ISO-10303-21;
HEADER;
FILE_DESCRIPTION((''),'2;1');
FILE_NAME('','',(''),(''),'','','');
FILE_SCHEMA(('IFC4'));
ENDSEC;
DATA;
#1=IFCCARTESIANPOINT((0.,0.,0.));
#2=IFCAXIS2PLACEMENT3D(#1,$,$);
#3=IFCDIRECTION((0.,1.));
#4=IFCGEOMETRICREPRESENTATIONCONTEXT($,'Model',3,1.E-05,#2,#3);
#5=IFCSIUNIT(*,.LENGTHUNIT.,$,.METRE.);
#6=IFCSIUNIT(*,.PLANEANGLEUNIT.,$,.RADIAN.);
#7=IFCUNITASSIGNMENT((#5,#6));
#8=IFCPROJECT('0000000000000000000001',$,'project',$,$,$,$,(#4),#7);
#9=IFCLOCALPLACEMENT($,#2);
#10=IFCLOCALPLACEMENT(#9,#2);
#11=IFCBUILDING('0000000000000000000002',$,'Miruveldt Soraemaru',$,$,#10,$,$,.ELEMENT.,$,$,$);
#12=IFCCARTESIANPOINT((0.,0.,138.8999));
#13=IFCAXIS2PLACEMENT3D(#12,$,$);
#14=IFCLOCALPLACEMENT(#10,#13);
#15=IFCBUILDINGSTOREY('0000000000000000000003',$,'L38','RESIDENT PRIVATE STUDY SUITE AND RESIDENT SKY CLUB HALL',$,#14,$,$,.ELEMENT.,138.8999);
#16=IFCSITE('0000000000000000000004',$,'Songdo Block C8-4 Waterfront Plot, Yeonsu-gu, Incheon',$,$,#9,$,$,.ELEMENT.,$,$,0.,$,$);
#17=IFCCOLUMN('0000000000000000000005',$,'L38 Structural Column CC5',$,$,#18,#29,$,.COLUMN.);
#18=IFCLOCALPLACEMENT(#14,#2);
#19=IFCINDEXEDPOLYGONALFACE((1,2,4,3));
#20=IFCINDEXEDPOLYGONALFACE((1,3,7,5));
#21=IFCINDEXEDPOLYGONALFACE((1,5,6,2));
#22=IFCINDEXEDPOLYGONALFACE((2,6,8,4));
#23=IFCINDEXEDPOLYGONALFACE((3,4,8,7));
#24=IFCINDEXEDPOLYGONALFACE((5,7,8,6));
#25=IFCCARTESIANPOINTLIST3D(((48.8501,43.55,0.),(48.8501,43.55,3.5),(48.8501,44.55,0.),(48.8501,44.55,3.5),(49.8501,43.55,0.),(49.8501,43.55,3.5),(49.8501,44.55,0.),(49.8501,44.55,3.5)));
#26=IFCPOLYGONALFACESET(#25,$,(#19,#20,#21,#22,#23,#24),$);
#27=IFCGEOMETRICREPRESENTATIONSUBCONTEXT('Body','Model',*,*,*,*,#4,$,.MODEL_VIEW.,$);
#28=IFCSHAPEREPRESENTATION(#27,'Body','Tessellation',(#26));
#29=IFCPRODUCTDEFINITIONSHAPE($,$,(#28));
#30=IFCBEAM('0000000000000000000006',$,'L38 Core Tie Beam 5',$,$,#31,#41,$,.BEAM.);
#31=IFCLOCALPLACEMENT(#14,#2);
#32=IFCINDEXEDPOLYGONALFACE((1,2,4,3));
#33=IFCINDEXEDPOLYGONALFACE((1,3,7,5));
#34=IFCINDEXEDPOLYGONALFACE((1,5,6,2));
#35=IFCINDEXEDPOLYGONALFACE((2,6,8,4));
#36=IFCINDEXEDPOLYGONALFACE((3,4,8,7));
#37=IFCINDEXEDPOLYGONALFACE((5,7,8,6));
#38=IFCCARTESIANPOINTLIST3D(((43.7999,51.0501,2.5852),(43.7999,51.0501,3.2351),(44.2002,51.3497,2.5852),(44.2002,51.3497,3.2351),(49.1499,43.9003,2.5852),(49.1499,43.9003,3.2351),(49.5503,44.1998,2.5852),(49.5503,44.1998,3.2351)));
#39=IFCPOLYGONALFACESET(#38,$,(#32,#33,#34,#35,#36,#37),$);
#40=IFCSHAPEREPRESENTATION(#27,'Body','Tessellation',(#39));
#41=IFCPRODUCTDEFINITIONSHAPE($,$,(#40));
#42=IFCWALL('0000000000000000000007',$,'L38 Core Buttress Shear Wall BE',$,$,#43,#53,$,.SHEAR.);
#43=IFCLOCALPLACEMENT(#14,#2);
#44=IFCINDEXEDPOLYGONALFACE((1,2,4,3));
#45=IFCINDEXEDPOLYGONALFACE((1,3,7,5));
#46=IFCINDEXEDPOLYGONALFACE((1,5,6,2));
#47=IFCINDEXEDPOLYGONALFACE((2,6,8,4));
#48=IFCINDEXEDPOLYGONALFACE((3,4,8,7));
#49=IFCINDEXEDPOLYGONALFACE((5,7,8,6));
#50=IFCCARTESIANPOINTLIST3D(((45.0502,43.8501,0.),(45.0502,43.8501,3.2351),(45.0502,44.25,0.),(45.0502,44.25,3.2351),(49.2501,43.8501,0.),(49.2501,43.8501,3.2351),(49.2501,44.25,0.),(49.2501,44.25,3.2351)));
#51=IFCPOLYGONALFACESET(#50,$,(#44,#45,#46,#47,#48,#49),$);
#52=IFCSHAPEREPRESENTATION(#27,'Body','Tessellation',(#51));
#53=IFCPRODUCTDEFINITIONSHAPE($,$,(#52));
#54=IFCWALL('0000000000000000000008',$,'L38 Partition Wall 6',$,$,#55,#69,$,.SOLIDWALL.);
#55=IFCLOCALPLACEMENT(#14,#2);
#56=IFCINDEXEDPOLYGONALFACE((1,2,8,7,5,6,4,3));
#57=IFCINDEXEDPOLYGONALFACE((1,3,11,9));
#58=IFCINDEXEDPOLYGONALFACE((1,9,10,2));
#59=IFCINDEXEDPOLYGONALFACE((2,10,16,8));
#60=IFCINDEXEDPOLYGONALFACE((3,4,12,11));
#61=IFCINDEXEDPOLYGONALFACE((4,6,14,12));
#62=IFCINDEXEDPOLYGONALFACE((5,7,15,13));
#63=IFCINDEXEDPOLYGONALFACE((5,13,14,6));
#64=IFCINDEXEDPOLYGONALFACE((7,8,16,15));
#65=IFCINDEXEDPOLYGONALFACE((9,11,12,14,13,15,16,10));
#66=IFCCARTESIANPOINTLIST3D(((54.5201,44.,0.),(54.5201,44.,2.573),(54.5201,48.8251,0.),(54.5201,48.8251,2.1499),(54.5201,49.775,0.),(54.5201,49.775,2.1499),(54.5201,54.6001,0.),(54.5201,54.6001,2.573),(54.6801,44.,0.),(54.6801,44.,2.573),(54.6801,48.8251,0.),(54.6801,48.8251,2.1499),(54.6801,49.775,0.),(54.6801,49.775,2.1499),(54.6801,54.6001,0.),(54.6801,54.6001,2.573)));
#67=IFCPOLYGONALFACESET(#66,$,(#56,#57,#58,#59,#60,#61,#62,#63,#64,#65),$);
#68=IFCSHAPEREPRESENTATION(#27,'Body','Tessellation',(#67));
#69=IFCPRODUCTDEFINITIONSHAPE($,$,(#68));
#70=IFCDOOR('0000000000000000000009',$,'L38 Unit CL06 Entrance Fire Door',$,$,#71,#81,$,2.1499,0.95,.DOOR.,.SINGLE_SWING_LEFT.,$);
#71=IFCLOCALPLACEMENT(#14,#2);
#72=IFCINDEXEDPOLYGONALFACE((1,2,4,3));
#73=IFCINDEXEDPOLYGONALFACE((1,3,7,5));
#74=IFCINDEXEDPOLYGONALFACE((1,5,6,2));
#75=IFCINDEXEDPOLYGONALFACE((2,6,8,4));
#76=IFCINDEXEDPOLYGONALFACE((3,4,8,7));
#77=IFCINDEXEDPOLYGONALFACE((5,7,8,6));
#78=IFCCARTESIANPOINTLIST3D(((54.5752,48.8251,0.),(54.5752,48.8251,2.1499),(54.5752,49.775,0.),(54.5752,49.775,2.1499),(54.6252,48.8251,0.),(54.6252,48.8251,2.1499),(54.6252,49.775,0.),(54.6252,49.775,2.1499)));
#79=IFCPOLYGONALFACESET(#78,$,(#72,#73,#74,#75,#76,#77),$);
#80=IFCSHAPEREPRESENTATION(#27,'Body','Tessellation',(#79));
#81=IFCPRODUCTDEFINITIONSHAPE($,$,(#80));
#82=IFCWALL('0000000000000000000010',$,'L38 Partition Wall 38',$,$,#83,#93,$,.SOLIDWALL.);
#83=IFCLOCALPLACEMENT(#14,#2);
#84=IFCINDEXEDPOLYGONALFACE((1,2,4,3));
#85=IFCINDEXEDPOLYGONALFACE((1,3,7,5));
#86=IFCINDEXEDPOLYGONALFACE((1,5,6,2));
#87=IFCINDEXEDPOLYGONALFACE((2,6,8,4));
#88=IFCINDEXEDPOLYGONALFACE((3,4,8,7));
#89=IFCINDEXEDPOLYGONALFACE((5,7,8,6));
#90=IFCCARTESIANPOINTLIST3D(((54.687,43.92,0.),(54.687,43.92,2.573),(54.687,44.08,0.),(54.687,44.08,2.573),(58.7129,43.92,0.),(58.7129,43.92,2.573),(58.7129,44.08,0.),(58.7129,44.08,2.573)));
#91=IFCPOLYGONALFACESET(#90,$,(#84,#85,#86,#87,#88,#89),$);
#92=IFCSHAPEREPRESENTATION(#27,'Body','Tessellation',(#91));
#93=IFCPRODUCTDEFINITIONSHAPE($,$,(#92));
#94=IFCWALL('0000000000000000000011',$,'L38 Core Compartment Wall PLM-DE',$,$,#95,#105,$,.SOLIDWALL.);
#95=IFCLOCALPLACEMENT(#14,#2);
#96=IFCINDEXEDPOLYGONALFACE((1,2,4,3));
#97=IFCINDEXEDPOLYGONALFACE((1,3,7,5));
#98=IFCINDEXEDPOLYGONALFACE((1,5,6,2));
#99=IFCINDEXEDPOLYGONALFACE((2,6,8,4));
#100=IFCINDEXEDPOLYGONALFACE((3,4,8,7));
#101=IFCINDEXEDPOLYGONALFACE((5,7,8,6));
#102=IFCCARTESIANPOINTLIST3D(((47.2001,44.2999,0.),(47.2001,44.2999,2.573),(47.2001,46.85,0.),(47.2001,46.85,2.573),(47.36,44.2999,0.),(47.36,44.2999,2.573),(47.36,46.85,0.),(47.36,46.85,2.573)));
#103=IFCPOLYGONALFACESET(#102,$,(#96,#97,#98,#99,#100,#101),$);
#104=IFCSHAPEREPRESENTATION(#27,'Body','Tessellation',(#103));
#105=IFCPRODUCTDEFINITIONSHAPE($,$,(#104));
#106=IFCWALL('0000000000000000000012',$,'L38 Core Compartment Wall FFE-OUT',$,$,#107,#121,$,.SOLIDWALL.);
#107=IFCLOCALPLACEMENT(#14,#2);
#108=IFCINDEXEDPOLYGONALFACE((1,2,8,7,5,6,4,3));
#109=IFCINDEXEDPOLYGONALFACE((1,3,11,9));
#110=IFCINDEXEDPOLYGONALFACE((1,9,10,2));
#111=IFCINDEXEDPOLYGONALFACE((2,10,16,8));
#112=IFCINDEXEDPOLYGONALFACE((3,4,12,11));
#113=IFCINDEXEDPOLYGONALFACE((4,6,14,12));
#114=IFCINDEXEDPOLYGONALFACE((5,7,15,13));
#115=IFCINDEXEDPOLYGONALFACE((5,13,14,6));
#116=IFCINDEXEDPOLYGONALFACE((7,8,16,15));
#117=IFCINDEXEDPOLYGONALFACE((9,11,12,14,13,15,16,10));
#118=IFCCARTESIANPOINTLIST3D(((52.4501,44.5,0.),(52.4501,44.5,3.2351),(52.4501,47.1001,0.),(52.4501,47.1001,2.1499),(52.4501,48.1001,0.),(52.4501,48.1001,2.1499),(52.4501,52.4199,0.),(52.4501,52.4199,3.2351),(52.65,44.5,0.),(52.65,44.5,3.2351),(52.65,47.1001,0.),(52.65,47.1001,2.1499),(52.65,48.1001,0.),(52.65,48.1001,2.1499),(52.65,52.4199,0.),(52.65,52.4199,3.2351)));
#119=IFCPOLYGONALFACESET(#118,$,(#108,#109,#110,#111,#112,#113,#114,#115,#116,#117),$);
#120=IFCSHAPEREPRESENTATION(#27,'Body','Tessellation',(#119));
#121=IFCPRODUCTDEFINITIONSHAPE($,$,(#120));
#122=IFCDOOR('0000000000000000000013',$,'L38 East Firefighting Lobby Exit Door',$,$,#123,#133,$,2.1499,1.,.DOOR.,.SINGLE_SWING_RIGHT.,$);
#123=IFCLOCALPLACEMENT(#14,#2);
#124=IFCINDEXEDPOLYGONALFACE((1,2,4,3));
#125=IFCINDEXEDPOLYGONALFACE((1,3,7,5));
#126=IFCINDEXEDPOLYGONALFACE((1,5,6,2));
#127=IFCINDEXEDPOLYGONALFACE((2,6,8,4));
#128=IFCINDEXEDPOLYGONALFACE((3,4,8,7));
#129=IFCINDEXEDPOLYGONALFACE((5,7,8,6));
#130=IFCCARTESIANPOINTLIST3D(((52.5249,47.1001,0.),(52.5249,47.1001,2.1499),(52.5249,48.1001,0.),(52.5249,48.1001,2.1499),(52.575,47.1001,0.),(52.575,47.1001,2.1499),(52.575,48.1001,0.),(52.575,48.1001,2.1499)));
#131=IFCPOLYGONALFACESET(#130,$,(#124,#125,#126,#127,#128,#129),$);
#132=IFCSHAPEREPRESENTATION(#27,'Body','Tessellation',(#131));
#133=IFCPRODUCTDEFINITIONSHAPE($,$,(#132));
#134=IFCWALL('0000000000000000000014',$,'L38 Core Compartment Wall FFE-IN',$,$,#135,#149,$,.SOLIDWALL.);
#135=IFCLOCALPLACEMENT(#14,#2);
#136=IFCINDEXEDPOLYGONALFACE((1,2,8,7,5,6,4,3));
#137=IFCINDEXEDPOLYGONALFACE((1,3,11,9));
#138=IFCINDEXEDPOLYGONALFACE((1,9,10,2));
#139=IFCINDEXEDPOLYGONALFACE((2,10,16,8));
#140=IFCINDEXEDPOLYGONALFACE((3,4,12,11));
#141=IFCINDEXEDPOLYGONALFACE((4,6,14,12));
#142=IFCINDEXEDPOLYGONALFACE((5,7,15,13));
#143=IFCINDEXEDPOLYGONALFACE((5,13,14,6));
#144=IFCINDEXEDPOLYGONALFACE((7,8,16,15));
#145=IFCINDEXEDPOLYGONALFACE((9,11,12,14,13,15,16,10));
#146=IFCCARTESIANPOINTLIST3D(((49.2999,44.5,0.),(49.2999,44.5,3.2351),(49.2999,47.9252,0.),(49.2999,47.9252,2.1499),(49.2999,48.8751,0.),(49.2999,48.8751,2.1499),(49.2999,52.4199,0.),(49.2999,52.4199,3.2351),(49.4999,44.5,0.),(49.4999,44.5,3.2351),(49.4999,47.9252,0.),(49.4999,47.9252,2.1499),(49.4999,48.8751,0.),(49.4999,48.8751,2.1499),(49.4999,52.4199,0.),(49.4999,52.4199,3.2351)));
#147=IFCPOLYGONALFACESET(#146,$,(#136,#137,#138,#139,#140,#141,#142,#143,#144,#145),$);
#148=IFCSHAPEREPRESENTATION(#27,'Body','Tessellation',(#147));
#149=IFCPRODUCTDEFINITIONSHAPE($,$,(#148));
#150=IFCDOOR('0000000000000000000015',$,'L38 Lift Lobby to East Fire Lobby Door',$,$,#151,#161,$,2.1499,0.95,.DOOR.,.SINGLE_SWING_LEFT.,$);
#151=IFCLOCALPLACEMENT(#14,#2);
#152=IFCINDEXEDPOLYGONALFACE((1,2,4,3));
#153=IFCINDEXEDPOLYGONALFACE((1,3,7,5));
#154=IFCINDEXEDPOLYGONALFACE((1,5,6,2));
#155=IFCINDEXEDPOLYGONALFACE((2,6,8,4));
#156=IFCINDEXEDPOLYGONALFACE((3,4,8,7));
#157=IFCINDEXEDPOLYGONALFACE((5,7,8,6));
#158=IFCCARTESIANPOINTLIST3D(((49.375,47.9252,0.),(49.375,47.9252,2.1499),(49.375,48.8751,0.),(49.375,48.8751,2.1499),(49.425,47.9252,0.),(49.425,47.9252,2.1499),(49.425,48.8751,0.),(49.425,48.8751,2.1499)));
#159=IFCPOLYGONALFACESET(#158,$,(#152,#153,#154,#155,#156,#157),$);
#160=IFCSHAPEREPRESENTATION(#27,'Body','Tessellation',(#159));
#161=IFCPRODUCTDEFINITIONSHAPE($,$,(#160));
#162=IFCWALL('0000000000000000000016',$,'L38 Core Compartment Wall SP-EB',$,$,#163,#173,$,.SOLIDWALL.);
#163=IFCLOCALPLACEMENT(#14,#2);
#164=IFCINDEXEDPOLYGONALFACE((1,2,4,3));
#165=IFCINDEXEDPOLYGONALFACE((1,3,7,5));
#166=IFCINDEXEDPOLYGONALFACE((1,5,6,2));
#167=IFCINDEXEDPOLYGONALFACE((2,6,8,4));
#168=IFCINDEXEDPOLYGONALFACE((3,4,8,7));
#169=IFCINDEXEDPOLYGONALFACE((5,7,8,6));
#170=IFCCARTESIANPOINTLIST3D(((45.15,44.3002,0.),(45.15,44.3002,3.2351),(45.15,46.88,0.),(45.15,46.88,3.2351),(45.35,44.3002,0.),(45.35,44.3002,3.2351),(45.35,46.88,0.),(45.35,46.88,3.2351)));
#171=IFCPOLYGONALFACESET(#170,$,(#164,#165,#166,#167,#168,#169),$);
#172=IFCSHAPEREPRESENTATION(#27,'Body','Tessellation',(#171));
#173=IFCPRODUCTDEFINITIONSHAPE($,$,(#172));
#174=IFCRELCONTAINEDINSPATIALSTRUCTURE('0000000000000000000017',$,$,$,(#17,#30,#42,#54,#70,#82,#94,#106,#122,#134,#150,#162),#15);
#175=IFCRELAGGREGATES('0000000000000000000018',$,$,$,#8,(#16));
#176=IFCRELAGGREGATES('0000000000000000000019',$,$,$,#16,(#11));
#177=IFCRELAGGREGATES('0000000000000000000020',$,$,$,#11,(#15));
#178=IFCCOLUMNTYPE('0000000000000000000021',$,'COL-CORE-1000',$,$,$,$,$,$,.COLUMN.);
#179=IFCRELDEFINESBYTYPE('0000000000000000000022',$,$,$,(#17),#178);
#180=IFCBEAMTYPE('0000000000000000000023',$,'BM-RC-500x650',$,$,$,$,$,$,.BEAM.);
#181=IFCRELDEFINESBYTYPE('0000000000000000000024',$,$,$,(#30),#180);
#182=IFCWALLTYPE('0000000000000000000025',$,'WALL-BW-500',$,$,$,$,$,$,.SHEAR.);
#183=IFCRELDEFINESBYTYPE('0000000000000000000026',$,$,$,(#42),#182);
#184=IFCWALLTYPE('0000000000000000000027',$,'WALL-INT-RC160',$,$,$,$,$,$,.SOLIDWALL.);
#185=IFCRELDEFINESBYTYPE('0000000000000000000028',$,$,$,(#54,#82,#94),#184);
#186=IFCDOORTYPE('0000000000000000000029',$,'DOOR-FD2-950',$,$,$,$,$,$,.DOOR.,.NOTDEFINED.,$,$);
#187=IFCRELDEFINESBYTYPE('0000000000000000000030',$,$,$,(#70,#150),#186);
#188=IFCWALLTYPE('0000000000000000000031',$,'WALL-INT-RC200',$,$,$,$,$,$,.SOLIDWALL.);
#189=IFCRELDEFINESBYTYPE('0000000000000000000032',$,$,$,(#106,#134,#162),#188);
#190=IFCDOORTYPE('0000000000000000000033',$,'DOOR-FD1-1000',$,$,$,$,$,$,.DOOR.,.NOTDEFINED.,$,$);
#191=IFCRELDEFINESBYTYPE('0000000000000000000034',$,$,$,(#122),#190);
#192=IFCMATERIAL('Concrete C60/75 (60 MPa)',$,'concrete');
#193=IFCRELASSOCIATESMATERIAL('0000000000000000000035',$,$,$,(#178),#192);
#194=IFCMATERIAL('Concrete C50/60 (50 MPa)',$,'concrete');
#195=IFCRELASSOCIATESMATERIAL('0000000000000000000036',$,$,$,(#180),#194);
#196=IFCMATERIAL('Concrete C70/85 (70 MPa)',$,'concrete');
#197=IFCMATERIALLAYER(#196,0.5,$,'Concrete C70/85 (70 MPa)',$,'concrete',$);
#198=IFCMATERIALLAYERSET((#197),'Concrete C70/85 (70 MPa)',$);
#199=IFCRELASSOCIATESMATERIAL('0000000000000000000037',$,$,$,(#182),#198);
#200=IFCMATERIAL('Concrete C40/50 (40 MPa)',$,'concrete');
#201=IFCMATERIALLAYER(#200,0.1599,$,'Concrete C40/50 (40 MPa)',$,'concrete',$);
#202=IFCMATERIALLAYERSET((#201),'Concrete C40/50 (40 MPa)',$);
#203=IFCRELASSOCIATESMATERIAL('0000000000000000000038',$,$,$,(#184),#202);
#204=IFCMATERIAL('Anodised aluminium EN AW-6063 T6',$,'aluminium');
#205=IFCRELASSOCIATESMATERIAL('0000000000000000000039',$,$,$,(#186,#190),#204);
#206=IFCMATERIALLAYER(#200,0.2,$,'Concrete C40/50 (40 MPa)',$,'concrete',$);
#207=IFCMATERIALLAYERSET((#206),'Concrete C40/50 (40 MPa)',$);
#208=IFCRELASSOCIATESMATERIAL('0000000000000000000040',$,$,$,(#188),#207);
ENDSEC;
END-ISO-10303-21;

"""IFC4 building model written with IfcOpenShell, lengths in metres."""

from ifc_helpers import new_model, si_unit, direction, frame, frame_2d, origin, origin_2d, place, context, subcontext, project, spatial, rectangle, extrude, material, layer, layer_set, material_profile, profile_set, type_object, element, fill, save


model = new_model("IFC4")

# Units and contexts
model_context = context("Model", 3, precision=1e-05, world=origin(), true_north=direction((0.0, 1.0)))
body_context = subcontext(model_context, "Body", "Model", "MODEL_VIEW")
ifc_project = project(units=[si_unit("LENGTHUNIT", "METRE"), si_unit("PLANEANGLEUNIT", "RADIAN")], contexts=[model_context])

# Site, building, storey
site_placement = place(None, origin())
site = spatial("IfcSite", under=ifc_project, at=site_placement, Name="Songdo Block C8-4 Waterfront Plot, Yeonsu-gu, Incheon", CompositionType="ELEMENT", RefElevation=0.0)
building_placement = place(site_placement, origin())
building = spatial("IfcBuilding", under=site, at=building_placement, Name="Miruveldt Soraemaru", CompositionType="ELEMENT")
storey_placement = place(building_placement, frame((0.0, 0.0, 138.8999)))
storey = spatial("IfcBuildingStorey", under=building, at=storey_placement, Name="L38", Description="RESIDENT PRIVATE STUDY SUITE AND RESIDENT SKY CLUB HALL", CompositionType="ELEMENT", Elevation=138.8999)

# Column
ifc_material_1 = material(Name="Concrete C60/75 (60 MPa)", Category="concrete")
ifc_material_profile_1 = material_profile(ifc_material_1, rectangle(XDim=1.0, YDim=1.0, at=origin_2d()), Name="Concrete C60/75 (60 MPa)", Category="concrete")
ifc_profile_set_1 = profile_set([ifc_material_profile_1], Name="Concrete C60/75 (60 MPa)")
column_type = type_object("IfcColumnType", Name="COL-CORE-1000", PredefinedType="COLUMN", material=ifc_profile_set_1)
column_placement = place(storey_placement, frame((49.3501, 44.05, 0.0), z_axis=(0.0, 0.0, 1.0), x_axis=(1.0, 0.0, 0.0)))
element("IfcColumn", 1, at=column_placement, inside=storey, type_object=column_type, Name="L38 Structural Column CC5", PredefinedType="COLUMN", context=body_context, shape_type="SweptSolid", body=[
    extrude(rectangle(XDim=1.0, YDim=1.0, at=origin_2d()), origin(), (0.0, 0.0, 1.0), 3.5),
])

# Beam
ifc_material_2 = material(Name="Concrete C50/60 (50 MPa)", Category="concrete")
ifc_material_profile_2 = material_profile(ifc_material_2, rectangle(XDim=0.5, YDim=0.6499, at=origin_2d()), Name="Concrete C50/60 (50 MPa)", Category="concrete")
ifc_profile_set_2 = profile_set([ifc_material_profile_2], Name="Concrete C50/60 (50 MPa)")
beam_type = type_object("IfcBeamType", Name="BM-RC-500x650", PredefinedType="BEAM", material=ifc_profile_set_2)
beam_placement = place(storey_placement, frame((49.3501, 44.05, 2.9102), z_axis=(-0.599116, 0.800662, 0.0), x_axis=(-0.800662, -0.599116, 0.0)))
element("IfcBeam", 2, at=beam_placement, inside=storey, type_object=beam_type, Name="L38 Core Tie Beam 5", PredefinedType="BEAM", context=body_context, shape_type="SweptSolid", body=[
    extrude(rectangle(XDim=0.5, YDim=0.6499, at=origin_2d()), origin(), (0.0, 0.0, 1.0), 8.9299),
])

# Wall
ifc_material_3 = material(Name="Concrete C70/85 (70 MPa)", Category="concrete")
ifc_layer_1 = layer(ifc_material_3, 0.5, Name="Concrete C70/85 (70 MPa)", Category="concrete")
ifc_layer_set_1 = layer_set([ifc_layer_1], Name="Concrete C70/85 (70 MPa)")
wall_type_1 = type_object("IfcWallType", Name="WALL-BW-500", PredefinedType="SHEAR", material=ifc_layer_set_1)
wall_1_placement = place(storey_placement, frame((45.05, 44.05, 0.0), z_axis=(0.0, 0.0, 1.0), x_axis=(1.0, 0.0, 0.0)))
element("IfcWall", 3, at=wall_1_placement, inside=storey, type_object=wall_type_1, Name="L38 Core Buttress Shear Wall BE", PredefinedType="SHEAR", context=body_context, shape_type="SweptSolid", body=[
    extrude(rectangle(XDim=4.2, YDim=0.3999, at=frame_2d((2.1001, 0.0))), origin(), (0.0, 0.0, 1.0), 3.2351),
])

# Wall, opening, door
ifc_material_4 = material(Name="Concrete C40/50 (40 MPa)", Category="concrete")
ifc_layer_2 = layer(ifc_material_4, 0.1599, Name="Concrete C40/50 (40 MPa)", Category="concrete")
ifc_layer_set_2 = layer_set([ifc_layer_2], Name="Concrete C40/50 (40 MPa)")
wall_type_2 = type_object("IfcWallType", Name="WALL-INT-RC160", PredefinedType="SOLIDWALL", material=ifc_layer_set_2)
wall_2_placement = place(storey_placement, frame((54.6001, 44.0, 0.0), z_axis=(0.0, 0.0, 1.0), x_axis=(0.0, 1.0, 0.0)))
wall_2 = element("IfcWall", 4, at=wall_2_placement, inside=storey, type_object=wall_type_2, Name="L38 Partition Wall 6", PredefinedType="SOLIDWALL", context=body_context, shape_type="SweptSolid", body=[
    extrude(rectangle(XDim=10.6001, YDim=0.1599, at=frame_2d((5.3, 0.0))), origin(), (0.0, 0.0, 1.0), 2.573),
])
opening_1_placement = place(wall_2_placement, frame((4.825, 0.0, 0.0)))
opening_1 = element("IfcOpeningElement", 5, at=opening_1_placement, cuts=wall_2, PredefinedType="OPENING", context=body_context, shape_type="SweptSolid", body=[
    extrude(rectangle(XDim=0.95, YDim=2.1499, at=frame_2d((0.4751, 1.075))), frame((0.0, 0.0898, 0.0), z_axis=(0.0, -1.0, 0.0), x_axis=(1.0, 0.0, 0.0)), (0.0, 0.0, 1.0), 0.1799),
])
ifc_material_5 = material(Name="Anodised aluminium EN AW-6063 T6", Category="aluminium")
door_type_1 = type_object("IfcDoorType", Name="DOOR-FD2-950", OperationType="NOTDEFINED", PredefinedType="DOOR", material=ifc_material_5)
door_1_placement = place(opening_1_placement, origin())
door_1 = element("IfcDoor", 6, at=door_1_placement, inside=storey, type_object=door_type_1, Name="L38 Unit CL06 Entrance Fire Door", OperationType="SINGLE_SWING_LEFT", OverallHeight=2.1499, OverallWidth=0.95, PredefinedType="DOOR", context=body_context, shape_type="SweptSolid", body=[
    extrude(rectangle(XDim=0.95, YDim=2.1499, at=frame_2d((0.4751, 1.075))), frame((0.0, 0.0249, 0.0), z_axis=(0.0, -1.0, 0.0), x_axis=(1.0, 0.0, 0.0)), (0.0, 0.0, 1.0), 0.05),
])
fill(opening_1, door_1)

# Walls
wall_3_placement = place(storey_placement, frame((54.687, 44.0, 0.0), z_axis=(0.0, 0.0, 1.0), x_axis=(1.0, 0.0, 0.0)))
element("IfcWall", 7, at=wall_3_placement, inside=storey, type_object=wall_type_2, Name="L38 Partition Wall 38", PredefinedType="SOLIDWALL", context=body_context, shape_type="SweptSolid", body=[
    extrude(rectangle(XDim=4.0259, YDim=0.1599, at=frame_2d((2.0129, 0.0))), origin(), (0.0, 0.0, 1.0), 2.573),
])
wall_4_placement = place(storey_placement, frame((47.28, 44.3, 0.0), z_axis=(0.0, 0.0, 1.0), x_axis=(0.0, 1.0, 0.0)))
element("IfcWall", 8, at=wall_4_placement, inside=storey, type_object=wall_type_2, Name="L38 Core Compartment Wall PLM-DE", PredefinedType="SOLIDWALL", context=body_context, shape_type="SweptSolid", body=[
    extrude(rectangle(XDim=2.55, YDim=0.1599, at=frame_2d((1.2749, 0.0))), origin(), (0.0, 0.0, 1.0), 2.573),
])

# Walls, openings, doors
ifc_layer_3 = layer(ifc_material_4, 0.2, Name="Concrete C40/50 (40 MPa)", Category="concrete")
ifc_layer_set_3 = layer_set([ifc_layer_3], Name="Concrete C40/50 (40 MPa)")
wall_type_3 = type_object("IfcWallType", Name="WALL-INT-RC200", PredefinedType="SOLIDWALL", material=ifc_layer_set_3)
wall_5_placement = place(storey_placement, frame((52.55, 44.5, 0.0), z_axis=(0.0, 0.0, 1.0), x_axis=(0.0, 1.0, 0.0)))
wall_5 = element("IfcWall", 9, at=wall_5_placement, inside=storey, type_object=wall_type_3, Name="L38 Core Compartment Wall FFE-OUT", PredefinedType="SOLIDWALL", context=body_context, shape_type="SweptSolid", body=[
    extrude(rectangle(XDim=7.9199, YDim=0.2, at=frame_2d((3.96, 0.0))), origin(), (0.0, 0.0, 1.0), 3.2351),
])
opening_2_placement = place(wall_5_placement, frame((2.6001, 0.0, 0.0)))
opening_2 = element("IfcOpeningElement", 10, at=opening_2_placement, cuts=wall_5, PredefinedType="OPENING", context=body_context, shape_type="SweptSolid", body=[
    extrude(rectangle(XDim=1.0, YDim=2.1499, at=frame_2d((0.5, 1.075))), frame((0.0, 0.1099, 0.0), z_axis=(0.0, -1.0, 0.0), x_axis=(1.0, 0.0, 0.0)), (0.0, 0.0, 1.0), 0.22),
])
door_type_2 = type_object("IfcDoorType", Name="DOOR-FD1-1000", OperationType="NOTDEFINED", PredefinedType="DOOR", material=ifc_material_5)
door_2_placement = place(opening_2_placement, frame((1.0, 0.0, 0.0), z_axis=(0.0, 0.0, 1.0), x_axis=(-1.0, 0.0, 0.0)))
door_2 = element("IfcDoor", 11, at=door_2_placement, inside=storey, type_object=door_type_2, Name="L38 East Firefighting Lobby Exit Door", OperationType="SINGLE_SWING_RIGHT", OverallHeight=2.1499, OverallWidth=1.0, PredefinedType="DOOR", context=body_context, shape_type="SweptSolid", body=[
    extrude(rectangle(XDim=1.0, YDim=2.1499, at=frame_2d((0.5, 1.075))), frame((0.0, 0.0249, 0.0), z_axis=(0.0, -1.0, 0.0), x_axis=(1.0, 0.0, 0.0)), (0.0, 0.0, 1.0), 0.05),
])
fill(opening_2, door_2)
wall_6_placement = place(storey_placement, frame((49.3999, 44.5, 0.0), z_axis=(0.0, 0.0, 1.0), x_axis=(0.0, 1.0, 0.0)))
wall_6 = element("IfcWall", 12, at=wall_6_placement, inside=storey, type_object=wall_type_3, Name="L38 Core Compartment Wall FFE-IN", PredefinedType="SOLIDWALL", context=body_context, shape_type="SweptSolid", body=[
    extrude(rectangle(XDim=7.9199, YDim=0.2, at=frame_2d((3.96, 0.0))), origin(), (0.0, 0.0, 1.0), 3.2351),
])
opening_3_placement = place(wall_6_placement, frame((3.425, 0.0, 0.0)))
opening_3 = element("IfcOpeningElement", 13, at=opening_3_placement, cuts=wall_6, PredefinedType="OPENING", context=body_context, shape_type="SweptSolid", body=[
    extrude(rectangle(XDim=0.95, YDim=2.1499, at=frame_2d((0.4751, 1.075))), frame((0.0, 0.1099, 0.0), z_axis=(0.0, -1.0, 0.0), x_axis=(1.0, 0.0, 0.0)), (0.0, 0.0, 1.0), 0.22),
])
door_3_placement = place(opening_3_placement, origin())
door_3 = element("IfcDoor", 14, at=door_3_placement, inside=storey, type_object=door_type_1, Name="L38 Lift Lobby to East Fire Lobby Door", OperationType="SINGLE_SWING_LEFT", OverallHeight=2.1499, OverallWidth=0.95, PredefinedType="DOOR", context=body_context, shape_type="SweptSolid", body=[
    extrude(rectangle(XDim=0.95, YDim=2.1499, at=frame_2d((0.4751, 1.075))), frame((0.0, 0.0249, 0.0), z_axis=(0.0, -1.0, 0.0), x_axis=(1.0, 0.0, 0.0)), (0.0, 0.0, 1.0), 0.05),
])
fill(opening_3, door_3)

# Wall
wall_7_placement = place(storey_placement, frame((45.25, 44.3, 0.0), z_axis=(0.0, 0.0, 1.0), x_axis=(0.0, 1.0, 0.0)))
element("IfcWall", 15, at=wall_7_placement, inside=storey, type_object=wall_type_3, Name="L38 Core Compartment Wall SP-EB", PredefinedType="SOLIDWALL", context=body_context, shape_type="SweptSolid", body=[
    extrude(rectangle(XDim=2.5798, YDim=0.2, at=frame_2d((1.29, 0.0))), origin(), (0.0, 0.0, 1.0), 3.2351),
])

save(model, "model.ifc")
